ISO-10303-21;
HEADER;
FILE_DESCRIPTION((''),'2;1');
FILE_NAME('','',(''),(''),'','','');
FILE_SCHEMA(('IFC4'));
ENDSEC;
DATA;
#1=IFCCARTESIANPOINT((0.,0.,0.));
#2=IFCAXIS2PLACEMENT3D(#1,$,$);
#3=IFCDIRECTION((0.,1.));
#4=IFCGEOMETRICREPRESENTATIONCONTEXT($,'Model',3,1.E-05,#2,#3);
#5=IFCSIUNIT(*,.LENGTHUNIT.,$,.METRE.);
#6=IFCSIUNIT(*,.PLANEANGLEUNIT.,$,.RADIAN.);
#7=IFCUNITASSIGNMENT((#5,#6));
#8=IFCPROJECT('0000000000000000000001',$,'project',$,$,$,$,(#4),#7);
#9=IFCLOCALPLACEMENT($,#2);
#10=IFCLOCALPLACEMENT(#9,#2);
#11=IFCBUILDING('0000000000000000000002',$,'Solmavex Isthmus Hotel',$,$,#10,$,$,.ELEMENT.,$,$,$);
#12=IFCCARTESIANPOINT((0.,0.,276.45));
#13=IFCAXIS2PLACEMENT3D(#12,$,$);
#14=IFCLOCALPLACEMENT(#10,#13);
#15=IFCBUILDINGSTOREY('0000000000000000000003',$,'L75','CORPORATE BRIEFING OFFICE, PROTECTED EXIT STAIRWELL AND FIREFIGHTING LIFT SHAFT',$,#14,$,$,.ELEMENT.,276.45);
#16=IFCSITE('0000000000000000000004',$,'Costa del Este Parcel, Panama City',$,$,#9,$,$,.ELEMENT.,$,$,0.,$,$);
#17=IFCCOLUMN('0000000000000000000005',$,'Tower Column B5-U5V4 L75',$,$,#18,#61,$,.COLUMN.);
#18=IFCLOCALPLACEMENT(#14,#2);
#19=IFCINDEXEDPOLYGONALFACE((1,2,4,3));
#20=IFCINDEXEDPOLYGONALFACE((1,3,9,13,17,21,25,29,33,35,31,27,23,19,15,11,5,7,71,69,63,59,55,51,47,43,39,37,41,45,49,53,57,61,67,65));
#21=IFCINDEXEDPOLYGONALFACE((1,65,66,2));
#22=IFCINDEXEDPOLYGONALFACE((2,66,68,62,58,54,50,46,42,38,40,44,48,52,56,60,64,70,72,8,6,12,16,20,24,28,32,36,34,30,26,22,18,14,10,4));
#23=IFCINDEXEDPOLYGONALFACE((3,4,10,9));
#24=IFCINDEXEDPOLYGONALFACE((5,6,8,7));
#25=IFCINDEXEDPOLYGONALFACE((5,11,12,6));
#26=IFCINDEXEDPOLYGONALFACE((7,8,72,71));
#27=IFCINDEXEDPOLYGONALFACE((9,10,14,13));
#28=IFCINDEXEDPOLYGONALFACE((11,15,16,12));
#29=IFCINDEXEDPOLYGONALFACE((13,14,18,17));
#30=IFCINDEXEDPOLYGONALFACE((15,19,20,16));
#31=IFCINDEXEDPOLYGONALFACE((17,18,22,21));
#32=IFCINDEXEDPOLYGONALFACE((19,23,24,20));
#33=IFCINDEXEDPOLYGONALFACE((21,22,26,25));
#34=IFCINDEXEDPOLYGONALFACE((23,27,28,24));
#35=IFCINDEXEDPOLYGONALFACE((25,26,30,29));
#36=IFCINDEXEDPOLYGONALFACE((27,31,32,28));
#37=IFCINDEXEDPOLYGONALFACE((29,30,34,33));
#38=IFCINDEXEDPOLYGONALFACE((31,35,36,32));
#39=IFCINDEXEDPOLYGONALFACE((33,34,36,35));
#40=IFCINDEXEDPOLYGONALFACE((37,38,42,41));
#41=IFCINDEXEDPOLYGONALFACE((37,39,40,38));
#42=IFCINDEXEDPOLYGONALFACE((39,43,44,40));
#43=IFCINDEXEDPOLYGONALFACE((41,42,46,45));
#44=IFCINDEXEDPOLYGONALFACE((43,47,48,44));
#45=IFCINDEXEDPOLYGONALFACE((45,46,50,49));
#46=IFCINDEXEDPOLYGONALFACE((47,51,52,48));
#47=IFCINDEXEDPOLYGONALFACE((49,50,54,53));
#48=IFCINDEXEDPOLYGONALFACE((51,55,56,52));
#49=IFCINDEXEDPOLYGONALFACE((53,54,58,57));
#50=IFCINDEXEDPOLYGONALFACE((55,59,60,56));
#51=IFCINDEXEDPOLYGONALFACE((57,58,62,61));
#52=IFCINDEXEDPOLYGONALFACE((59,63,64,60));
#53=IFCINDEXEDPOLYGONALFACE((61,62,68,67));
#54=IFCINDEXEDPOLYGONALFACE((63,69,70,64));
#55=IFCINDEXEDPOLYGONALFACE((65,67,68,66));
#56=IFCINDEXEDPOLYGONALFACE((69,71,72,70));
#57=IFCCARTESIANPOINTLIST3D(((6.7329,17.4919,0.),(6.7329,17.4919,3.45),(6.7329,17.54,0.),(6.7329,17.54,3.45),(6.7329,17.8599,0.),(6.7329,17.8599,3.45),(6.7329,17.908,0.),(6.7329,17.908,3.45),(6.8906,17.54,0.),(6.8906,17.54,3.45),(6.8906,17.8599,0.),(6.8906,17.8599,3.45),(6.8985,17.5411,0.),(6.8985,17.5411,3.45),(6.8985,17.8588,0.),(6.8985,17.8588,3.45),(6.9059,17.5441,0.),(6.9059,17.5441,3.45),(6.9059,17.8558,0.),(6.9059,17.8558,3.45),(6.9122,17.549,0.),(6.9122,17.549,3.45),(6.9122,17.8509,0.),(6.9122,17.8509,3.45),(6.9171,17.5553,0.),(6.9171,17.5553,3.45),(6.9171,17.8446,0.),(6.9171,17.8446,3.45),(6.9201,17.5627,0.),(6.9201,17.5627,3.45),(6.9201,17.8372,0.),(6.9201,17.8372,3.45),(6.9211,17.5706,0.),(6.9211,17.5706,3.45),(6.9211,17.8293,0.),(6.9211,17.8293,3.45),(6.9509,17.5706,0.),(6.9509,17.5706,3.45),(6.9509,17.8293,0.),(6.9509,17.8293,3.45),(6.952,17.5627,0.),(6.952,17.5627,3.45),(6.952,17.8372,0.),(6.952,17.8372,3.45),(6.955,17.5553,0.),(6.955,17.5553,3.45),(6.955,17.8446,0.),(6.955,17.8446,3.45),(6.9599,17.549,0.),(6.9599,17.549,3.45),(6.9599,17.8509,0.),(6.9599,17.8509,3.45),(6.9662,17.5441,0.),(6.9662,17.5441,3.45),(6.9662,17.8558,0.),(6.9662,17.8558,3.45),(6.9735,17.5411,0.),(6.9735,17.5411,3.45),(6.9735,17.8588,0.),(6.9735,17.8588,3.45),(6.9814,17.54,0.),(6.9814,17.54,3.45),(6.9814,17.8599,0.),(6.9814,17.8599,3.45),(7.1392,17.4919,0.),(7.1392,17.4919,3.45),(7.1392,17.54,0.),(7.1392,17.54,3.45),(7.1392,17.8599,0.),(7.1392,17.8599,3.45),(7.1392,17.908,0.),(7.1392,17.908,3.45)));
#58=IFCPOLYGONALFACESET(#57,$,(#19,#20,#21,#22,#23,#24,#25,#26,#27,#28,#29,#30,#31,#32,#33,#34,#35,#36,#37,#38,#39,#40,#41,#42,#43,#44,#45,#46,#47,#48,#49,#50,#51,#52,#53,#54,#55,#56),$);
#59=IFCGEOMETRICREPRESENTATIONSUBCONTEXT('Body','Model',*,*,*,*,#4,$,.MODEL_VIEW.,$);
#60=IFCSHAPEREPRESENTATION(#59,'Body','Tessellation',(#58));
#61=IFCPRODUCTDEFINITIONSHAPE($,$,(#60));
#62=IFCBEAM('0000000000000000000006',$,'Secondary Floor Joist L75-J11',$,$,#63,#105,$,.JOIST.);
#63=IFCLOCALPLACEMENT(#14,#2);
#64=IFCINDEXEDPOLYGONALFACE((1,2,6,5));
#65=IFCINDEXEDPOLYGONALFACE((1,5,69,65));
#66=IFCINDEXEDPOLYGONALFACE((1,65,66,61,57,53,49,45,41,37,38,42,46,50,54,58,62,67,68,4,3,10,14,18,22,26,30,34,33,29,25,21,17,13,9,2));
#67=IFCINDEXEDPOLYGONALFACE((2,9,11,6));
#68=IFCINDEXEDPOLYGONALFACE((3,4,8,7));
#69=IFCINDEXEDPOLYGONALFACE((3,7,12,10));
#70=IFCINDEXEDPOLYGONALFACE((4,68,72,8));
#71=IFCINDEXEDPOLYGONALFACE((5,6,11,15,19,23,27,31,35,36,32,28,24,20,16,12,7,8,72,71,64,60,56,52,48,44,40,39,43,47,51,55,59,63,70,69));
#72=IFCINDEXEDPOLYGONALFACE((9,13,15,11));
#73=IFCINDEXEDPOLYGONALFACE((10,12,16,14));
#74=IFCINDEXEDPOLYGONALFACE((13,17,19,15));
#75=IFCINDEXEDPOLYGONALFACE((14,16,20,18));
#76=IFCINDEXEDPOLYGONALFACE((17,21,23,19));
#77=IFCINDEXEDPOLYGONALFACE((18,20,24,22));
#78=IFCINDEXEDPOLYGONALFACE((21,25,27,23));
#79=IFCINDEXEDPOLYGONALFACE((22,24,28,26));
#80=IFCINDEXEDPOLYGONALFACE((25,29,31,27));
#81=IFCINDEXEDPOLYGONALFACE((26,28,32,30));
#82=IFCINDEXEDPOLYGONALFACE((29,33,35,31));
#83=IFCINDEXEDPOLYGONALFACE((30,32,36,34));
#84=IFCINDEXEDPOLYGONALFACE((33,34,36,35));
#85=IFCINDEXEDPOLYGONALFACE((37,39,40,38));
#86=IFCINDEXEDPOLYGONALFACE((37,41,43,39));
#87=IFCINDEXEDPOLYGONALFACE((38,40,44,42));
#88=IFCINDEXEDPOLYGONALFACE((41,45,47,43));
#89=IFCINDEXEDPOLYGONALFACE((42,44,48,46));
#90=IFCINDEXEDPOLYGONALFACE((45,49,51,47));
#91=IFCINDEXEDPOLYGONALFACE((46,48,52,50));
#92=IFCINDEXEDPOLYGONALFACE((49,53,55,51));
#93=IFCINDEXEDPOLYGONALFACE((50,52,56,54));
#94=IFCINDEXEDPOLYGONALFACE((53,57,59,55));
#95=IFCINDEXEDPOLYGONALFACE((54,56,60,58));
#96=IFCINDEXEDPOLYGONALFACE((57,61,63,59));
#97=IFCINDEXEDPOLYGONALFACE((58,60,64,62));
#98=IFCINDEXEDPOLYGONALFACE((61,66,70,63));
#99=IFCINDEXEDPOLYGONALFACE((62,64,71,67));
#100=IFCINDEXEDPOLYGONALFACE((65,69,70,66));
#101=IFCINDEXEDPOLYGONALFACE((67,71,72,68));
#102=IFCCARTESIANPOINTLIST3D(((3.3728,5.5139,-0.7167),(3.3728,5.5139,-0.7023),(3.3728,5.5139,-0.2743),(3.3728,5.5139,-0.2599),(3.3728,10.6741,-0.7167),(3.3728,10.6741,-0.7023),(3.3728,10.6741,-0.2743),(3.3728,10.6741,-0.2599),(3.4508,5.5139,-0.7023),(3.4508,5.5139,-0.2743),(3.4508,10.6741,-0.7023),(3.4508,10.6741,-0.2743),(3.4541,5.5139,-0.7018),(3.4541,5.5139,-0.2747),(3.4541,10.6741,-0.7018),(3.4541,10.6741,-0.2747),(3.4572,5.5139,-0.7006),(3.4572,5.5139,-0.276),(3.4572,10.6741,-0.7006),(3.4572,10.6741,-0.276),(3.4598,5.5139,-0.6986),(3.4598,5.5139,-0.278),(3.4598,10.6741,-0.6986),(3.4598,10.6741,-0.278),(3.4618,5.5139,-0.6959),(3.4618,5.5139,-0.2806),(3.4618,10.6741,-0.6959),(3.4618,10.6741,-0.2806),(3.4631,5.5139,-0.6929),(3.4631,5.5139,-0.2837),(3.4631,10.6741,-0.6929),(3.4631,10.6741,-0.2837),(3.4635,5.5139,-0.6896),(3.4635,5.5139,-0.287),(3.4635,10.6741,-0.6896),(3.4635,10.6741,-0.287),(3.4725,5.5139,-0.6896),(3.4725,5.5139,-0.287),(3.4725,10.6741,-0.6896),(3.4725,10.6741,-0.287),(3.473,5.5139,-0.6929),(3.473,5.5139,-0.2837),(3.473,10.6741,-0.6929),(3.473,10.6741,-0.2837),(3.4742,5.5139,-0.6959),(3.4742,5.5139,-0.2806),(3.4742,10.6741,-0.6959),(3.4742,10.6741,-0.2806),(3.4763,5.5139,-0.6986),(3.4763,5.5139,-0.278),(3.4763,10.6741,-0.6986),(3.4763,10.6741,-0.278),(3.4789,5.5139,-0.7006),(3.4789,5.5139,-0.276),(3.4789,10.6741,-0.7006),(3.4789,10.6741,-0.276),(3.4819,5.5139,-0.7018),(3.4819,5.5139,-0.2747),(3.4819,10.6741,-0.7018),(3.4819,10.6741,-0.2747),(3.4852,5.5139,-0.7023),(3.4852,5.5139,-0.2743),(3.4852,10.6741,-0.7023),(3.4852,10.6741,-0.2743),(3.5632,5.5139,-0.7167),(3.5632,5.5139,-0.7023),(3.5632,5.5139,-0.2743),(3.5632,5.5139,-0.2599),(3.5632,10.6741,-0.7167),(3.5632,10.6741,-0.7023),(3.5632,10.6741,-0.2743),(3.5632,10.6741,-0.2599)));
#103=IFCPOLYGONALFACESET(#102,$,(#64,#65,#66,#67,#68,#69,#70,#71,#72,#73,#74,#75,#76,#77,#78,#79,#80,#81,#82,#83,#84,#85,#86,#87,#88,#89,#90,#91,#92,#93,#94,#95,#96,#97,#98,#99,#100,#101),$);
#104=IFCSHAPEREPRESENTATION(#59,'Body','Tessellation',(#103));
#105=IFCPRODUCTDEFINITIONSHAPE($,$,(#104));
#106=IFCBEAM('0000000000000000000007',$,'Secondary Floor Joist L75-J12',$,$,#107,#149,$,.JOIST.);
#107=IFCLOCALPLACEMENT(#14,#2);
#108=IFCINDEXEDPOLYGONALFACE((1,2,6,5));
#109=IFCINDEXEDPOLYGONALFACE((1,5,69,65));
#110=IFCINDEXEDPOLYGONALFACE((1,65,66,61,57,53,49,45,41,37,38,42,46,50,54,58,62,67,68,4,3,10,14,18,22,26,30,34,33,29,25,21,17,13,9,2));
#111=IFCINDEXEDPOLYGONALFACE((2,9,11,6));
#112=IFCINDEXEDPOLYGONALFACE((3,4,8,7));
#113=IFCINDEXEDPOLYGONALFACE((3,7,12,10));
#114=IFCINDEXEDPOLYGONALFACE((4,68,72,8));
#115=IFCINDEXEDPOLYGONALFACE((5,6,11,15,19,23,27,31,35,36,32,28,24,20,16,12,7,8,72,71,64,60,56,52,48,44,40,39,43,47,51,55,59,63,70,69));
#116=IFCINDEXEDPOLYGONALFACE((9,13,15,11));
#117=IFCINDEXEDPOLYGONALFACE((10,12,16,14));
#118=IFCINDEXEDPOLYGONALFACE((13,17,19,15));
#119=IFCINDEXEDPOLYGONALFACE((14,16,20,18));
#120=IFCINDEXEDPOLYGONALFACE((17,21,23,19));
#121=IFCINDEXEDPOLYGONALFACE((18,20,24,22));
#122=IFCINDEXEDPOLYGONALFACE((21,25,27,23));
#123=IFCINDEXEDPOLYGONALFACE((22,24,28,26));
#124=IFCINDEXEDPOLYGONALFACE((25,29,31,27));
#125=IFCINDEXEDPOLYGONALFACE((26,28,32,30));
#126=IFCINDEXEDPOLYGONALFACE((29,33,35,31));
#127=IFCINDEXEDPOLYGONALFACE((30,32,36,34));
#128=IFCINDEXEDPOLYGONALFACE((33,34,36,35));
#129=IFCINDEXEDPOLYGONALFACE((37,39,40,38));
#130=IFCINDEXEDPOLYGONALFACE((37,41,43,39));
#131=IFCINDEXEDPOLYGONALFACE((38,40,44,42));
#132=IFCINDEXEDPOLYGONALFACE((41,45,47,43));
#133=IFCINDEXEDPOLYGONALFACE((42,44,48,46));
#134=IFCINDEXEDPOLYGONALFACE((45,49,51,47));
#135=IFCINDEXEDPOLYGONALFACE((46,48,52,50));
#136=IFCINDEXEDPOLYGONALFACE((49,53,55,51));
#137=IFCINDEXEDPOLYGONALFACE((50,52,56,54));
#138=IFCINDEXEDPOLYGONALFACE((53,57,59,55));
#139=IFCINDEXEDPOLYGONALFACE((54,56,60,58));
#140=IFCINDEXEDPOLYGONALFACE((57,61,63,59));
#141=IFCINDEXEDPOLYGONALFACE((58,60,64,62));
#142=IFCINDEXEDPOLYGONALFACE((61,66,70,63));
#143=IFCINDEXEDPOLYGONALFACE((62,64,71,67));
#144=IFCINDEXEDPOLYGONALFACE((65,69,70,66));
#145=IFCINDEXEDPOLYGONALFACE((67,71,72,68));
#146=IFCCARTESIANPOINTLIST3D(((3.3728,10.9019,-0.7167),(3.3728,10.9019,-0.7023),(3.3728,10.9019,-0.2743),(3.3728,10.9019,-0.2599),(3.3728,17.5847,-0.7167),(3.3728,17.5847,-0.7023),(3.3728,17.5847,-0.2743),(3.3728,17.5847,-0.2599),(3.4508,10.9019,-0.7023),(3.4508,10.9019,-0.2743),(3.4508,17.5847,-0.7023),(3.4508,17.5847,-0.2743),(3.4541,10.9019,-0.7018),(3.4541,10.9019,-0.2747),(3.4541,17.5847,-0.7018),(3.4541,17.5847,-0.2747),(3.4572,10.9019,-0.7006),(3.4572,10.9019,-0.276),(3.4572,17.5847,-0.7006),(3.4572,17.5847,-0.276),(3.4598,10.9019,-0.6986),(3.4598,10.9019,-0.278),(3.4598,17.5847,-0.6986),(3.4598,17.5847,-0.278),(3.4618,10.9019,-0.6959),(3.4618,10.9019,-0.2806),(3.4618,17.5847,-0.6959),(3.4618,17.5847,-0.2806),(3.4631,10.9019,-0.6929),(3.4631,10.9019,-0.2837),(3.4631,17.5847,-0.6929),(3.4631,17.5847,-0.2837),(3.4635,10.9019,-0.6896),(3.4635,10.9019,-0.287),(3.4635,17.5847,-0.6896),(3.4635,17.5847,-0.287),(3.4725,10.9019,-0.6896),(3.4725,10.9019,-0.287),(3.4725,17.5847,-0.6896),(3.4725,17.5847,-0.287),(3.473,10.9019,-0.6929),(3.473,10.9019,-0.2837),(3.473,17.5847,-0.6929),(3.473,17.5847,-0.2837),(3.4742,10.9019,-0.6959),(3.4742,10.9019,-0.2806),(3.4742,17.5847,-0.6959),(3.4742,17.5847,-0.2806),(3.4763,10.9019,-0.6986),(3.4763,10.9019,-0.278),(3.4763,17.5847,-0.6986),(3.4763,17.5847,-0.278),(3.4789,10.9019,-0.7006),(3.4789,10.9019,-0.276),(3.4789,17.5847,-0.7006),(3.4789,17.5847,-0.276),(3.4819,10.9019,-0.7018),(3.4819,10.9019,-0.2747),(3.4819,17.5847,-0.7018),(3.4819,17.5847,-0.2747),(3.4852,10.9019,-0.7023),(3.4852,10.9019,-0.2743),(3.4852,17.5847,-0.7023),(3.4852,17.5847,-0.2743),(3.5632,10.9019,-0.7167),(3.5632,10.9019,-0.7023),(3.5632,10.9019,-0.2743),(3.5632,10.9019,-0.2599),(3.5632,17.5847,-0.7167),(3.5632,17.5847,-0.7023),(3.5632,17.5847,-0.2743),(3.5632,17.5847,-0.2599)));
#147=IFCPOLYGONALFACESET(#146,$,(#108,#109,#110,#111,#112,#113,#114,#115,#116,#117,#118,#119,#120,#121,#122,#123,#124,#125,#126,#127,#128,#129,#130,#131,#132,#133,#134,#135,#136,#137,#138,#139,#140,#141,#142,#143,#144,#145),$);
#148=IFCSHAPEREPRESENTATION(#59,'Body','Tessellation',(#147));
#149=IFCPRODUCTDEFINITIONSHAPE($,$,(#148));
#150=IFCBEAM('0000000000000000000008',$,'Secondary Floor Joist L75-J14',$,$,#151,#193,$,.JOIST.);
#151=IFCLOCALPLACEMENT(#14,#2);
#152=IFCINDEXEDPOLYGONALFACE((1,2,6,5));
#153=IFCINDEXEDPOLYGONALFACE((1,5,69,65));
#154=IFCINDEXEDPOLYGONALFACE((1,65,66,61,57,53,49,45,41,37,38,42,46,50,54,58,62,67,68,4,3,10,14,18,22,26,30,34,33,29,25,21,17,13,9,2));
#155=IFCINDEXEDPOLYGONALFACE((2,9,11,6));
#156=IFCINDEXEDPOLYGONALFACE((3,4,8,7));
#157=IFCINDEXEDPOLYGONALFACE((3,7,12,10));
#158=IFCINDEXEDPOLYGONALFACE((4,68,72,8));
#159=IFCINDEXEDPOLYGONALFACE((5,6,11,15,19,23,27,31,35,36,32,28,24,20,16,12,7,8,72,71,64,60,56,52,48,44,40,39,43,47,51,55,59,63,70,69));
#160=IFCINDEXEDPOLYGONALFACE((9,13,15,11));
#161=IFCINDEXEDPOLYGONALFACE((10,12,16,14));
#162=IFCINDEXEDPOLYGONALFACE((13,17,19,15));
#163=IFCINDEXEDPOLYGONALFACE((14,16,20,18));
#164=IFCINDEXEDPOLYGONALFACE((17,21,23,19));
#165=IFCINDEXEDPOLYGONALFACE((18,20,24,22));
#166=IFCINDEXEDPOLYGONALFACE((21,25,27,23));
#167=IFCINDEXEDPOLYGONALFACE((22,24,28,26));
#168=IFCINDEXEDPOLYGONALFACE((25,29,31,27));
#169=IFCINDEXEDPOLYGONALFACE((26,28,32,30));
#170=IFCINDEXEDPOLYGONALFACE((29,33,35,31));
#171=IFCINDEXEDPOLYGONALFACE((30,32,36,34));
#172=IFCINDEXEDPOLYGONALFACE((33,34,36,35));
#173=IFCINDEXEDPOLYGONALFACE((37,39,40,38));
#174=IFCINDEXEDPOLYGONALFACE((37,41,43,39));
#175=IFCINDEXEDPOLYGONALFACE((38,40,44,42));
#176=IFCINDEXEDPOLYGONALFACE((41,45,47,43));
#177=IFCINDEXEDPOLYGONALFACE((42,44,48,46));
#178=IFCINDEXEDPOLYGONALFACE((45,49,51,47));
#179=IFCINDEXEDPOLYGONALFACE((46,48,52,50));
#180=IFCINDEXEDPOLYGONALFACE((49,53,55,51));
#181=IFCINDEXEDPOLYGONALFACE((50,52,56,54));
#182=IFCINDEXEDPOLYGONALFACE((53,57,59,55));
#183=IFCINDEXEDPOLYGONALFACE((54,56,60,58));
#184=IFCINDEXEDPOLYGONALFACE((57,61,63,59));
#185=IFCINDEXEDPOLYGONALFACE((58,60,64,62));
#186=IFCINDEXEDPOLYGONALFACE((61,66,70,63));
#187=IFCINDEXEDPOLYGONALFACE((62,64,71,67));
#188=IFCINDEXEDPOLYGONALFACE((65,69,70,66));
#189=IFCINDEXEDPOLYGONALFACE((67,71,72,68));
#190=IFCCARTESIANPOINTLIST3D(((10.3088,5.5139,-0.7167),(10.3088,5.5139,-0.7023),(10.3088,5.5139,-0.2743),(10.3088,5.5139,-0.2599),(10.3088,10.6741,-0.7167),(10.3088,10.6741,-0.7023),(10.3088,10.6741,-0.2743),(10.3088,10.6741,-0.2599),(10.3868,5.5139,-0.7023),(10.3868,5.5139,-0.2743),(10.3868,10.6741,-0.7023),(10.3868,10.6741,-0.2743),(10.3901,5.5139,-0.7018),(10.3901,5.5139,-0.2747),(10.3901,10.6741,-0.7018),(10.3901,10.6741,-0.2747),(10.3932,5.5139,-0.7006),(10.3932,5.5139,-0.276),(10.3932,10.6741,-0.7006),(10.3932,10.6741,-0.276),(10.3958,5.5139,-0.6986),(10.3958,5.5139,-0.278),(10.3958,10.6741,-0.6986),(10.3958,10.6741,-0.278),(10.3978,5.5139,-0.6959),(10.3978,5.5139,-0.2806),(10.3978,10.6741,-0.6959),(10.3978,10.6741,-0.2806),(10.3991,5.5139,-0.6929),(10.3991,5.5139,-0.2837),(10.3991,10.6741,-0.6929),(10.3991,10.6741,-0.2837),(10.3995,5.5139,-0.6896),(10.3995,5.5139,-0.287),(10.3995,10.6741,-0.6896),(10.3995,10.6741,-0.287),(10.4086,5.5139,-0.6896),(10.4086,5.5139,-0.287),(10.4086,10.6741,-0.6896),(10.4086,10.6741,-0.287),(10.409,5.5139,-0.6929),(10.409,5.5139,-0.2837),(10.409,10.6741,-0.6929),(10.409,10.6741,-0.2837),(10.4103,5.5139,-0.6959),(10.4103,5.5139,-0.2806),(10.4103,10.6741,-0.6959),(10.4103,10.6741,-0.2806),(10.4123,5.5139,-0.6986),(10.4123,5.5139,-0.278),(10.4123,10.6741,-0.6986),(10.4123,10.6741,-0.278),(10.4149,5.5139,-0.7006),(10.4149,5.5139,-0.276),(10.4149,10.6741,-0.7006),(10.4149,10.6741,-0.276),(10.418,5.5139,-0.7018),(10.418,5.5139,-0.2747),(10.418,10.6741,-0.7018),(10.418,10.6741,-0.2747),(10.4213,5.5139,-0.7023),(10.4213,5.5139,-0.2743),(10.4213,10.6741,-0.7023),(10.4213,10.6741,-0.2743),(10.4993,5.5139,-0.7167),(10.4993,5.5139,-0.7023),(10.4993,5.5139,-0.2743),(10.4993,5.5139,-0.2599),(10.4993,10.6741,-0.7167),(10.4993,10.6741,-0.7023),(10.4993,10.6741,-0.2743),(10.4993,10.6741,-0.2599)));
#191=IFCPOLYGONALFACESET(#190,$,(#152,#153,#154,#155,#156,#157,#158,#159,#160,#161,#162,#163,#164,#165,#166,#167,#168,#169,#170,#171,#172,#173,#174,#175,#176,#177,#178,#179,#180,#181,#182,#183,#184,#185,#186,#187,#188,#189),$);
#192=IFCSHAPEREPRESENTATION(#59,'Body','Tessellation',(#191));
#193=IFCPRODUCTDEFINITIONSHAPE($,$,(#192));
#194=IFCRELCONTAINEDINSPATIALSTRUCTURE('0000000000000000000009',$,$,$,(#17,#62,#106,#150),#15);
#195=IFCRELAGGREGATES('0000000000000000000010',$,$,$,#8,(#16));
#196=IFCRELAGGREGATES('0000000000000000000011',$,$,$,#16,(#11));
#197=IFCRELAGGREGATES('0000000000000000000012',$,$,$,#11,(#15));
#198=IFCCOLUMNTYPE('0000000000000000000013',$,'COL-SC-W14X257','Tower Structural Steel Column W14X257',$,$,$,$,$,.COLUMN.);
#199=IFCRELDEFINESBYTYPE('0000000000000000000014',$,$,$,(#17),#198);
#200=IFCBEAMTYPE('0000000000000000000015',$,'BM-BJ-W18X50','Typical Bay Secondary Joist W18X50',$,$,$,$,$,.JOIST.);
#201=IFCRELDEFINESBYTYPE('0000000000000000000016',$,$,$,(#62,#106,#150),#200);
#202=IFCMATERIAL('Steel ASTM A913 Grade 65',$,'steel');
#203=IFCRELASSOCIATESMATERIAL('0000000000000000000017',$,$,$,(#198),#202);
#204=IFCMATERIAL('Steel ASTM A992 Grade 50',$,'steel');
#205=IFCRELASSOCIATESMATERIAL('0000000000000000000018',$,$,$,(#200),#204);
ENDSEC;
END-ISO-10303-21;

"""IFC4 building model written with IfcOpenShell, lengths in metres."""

from ifc_helpers import new_model, si_unit, direction, frame, origin, origin_2d, place, context, subcontext, project, spatial, i_section, extrude, material, material_profile, profile_set, type_object, element, save


model = new_model("IFC4")

# Units and contexts
model_context = context("Model", 3, precision=1e-05, world=origin(), true_north=direction((0.0, 1.0)))
body_context = subcontext(model_context, "Body", "Model", "MODEL_VIEW")
ifc_project = project(units=[si_unit("LENGTHUNIT", "METRE"), si_unit("PLANEANGLEUNIT", "RADIAN")], contexts=[model_context])

# Site, building, storey
site_placement = place(None, origin())
site = spatial("IfcSite", under=ifc_project, at=site_placement, Name="Costa del Este Parcel, Panama City", CompositionType="ELEMENT", RefElevation=0.0)
building_placement = place(site_placement, origin())
building = spatial("IfcBuilding", under=site, at=building_placement, Name="Solmavex Isthmus Hotel", CompositionType="ELEMENT")
storey_placement = place(building_placement, frame((0.0, 0.0, 276.45)))
storey = spatial("IfcBuildingStorey", under=building, at=storey_placement, Name="L75", Description="CORPORATE BRIEFING OFFICE, PROTECTED EXIT STAIRWELL AND FIREFIGHTING LIFT SHAFT", CompositionType="ELEMENT", Elevation=276.45)

# Column
ifc_material_1 = material(Name="Steel ASTM A913 Grade 65", Category="steel")
ifc_material_profile_1 = material_profile(ifc_material_1, i_section(OverallWidth=0.4062, OverallDepth=0.416, WebThickness=0.0298, FlangeThickness=0.0481, FilletRadius=0.0305, at=origin_2d()), Name="W14X257")
ifc_profile_set_1 = profile_set([ifc_material_profile_1], Name="Steel ASTM A913 Grade 65")
column_type_1 = type_object("IfcColumnType", Name="COL-SC-W14X257", Description="Tower Structural Steel Column W14X257", PredefinedType="COLUMN", material=ifc_profile_set_1)
for number, where, z_axis, x_axis, name in (
    (1, (6.936, 17.7, 0.0), (0.0, 0.0, 1.0), (1.0, 0.0, 0.0), "Tower Column B5-U5V4 L75"),
):
    element("IfcColumn", number, at=place(storey_placement, frame(where, z_axis=z_axis, x_axis=x_axis)), inside=storey, type_object=column_type_1, Name=name, PredefinedType="COLUMN", context=body_context, shape_type="SweptSolid", body=[
        extrude(i_section(OverallWidth=0.4062, OverallDepth=0.416, WebThickness=0.0298, FlangeThickness=0.0481, FilletRadius=0.0305, at=origin_2d()), origin(), (0.0, 0.0, 1.0), 3.45),
    ])

# Beams
ifc_material_2 = material(Name="Steel ASTM A992 Grade 50", Category="steel")
ifc_material_profile_2 = material_profile(ifc_material_2, i_section(OverallWidth=0.1904, OverallDepth=0.4568, WebThickness=0.009, FlangeThickness=0.0144, FilletRadius=0.0127, at=origin_2d()), Name="W18X50")
ifc_profile_set_2 = profile_set([ifc_material_profile_2], Name="Steel ASTM A992 Grade 50")
beam_type_1 = type_object("IfcBeamType", Name="BM-BJ-W18X50", Description="Typical Bay Secondary Joist W18X50", PredefinedType="JOIST", material=ifc_profile_set_2)
beam_1_placement = place(storey_placement, frame((3.468, 5.5139, -0.4883), z_axis=(0.0, 1.0, 0.0), x_axis=(-1.0, 0.0, 0.0)))
element("IfcBeam", 2, at=beam_1_placement, inside=storey, type_object=beam_type_1, Name="Secondary Floor Joist L75-J11", PredefinedType="JOIST", context=body_context, shape_type="SweptSolid", body=[
    extrude(i_section(OverallWidth=0.1904, OverallDepth=0.4568, WebThickness=0.009, FlangeThickness=0.0144, FilletRadius=0.0127, at=origin_2d()), origin(), (0.0, 0.0, 1.0), 5.1602),
])
beam_2_placement = place(storey_placement, frame((3.468, 10.9019, -0.4883), z_axis=(0.0, 1.0, 0.0), x_axis=(-1.0, 0.0, 0.0)))
element("IfcBeam", 3, at=beam_2_placement, inside=storey, type_object=beam_type_1, Name="Secondary Floor Joist L75-J12", PredefinedType="JOIST", context=body_context, shape_type="SweptSolid", body=[
    extrude(i_section(OverallWidth=0.1904, OverallDepth=0.4568, WebThickness=0.009, FlangeThickness=0.0144, FilletRadius=0.0127, at=origin_2d()), origin(), (0.0, 0.0, 1.0), 6.6829),
])
beam_3_placement = place(storey_placement, frame((10.4041, 5.5139, -0.4883), z_axis=(0.0, 1.0, 0.0), x_axis=(-1.0, 0.0, 0.0)))
element("IfcBeam", 4, at=beam_3_placement, inside=storey, type_object=beam_type_1, Name="Secondary Floor Joist L75-J14", PredefinedType="JOIST", context=body_context, shape_type="SweptSolid", body=[
    extrude(i_section(OverallWidth=0.1904, OverallDepth=0.4568, WebThickness=0.009, FlangeThickness=0.0144, FilletRadius=0.0127, at=origin_2d()), origin(), (0.0, 0.0, 1.0), 5.1602),
])

save(model, "model.ifc")
